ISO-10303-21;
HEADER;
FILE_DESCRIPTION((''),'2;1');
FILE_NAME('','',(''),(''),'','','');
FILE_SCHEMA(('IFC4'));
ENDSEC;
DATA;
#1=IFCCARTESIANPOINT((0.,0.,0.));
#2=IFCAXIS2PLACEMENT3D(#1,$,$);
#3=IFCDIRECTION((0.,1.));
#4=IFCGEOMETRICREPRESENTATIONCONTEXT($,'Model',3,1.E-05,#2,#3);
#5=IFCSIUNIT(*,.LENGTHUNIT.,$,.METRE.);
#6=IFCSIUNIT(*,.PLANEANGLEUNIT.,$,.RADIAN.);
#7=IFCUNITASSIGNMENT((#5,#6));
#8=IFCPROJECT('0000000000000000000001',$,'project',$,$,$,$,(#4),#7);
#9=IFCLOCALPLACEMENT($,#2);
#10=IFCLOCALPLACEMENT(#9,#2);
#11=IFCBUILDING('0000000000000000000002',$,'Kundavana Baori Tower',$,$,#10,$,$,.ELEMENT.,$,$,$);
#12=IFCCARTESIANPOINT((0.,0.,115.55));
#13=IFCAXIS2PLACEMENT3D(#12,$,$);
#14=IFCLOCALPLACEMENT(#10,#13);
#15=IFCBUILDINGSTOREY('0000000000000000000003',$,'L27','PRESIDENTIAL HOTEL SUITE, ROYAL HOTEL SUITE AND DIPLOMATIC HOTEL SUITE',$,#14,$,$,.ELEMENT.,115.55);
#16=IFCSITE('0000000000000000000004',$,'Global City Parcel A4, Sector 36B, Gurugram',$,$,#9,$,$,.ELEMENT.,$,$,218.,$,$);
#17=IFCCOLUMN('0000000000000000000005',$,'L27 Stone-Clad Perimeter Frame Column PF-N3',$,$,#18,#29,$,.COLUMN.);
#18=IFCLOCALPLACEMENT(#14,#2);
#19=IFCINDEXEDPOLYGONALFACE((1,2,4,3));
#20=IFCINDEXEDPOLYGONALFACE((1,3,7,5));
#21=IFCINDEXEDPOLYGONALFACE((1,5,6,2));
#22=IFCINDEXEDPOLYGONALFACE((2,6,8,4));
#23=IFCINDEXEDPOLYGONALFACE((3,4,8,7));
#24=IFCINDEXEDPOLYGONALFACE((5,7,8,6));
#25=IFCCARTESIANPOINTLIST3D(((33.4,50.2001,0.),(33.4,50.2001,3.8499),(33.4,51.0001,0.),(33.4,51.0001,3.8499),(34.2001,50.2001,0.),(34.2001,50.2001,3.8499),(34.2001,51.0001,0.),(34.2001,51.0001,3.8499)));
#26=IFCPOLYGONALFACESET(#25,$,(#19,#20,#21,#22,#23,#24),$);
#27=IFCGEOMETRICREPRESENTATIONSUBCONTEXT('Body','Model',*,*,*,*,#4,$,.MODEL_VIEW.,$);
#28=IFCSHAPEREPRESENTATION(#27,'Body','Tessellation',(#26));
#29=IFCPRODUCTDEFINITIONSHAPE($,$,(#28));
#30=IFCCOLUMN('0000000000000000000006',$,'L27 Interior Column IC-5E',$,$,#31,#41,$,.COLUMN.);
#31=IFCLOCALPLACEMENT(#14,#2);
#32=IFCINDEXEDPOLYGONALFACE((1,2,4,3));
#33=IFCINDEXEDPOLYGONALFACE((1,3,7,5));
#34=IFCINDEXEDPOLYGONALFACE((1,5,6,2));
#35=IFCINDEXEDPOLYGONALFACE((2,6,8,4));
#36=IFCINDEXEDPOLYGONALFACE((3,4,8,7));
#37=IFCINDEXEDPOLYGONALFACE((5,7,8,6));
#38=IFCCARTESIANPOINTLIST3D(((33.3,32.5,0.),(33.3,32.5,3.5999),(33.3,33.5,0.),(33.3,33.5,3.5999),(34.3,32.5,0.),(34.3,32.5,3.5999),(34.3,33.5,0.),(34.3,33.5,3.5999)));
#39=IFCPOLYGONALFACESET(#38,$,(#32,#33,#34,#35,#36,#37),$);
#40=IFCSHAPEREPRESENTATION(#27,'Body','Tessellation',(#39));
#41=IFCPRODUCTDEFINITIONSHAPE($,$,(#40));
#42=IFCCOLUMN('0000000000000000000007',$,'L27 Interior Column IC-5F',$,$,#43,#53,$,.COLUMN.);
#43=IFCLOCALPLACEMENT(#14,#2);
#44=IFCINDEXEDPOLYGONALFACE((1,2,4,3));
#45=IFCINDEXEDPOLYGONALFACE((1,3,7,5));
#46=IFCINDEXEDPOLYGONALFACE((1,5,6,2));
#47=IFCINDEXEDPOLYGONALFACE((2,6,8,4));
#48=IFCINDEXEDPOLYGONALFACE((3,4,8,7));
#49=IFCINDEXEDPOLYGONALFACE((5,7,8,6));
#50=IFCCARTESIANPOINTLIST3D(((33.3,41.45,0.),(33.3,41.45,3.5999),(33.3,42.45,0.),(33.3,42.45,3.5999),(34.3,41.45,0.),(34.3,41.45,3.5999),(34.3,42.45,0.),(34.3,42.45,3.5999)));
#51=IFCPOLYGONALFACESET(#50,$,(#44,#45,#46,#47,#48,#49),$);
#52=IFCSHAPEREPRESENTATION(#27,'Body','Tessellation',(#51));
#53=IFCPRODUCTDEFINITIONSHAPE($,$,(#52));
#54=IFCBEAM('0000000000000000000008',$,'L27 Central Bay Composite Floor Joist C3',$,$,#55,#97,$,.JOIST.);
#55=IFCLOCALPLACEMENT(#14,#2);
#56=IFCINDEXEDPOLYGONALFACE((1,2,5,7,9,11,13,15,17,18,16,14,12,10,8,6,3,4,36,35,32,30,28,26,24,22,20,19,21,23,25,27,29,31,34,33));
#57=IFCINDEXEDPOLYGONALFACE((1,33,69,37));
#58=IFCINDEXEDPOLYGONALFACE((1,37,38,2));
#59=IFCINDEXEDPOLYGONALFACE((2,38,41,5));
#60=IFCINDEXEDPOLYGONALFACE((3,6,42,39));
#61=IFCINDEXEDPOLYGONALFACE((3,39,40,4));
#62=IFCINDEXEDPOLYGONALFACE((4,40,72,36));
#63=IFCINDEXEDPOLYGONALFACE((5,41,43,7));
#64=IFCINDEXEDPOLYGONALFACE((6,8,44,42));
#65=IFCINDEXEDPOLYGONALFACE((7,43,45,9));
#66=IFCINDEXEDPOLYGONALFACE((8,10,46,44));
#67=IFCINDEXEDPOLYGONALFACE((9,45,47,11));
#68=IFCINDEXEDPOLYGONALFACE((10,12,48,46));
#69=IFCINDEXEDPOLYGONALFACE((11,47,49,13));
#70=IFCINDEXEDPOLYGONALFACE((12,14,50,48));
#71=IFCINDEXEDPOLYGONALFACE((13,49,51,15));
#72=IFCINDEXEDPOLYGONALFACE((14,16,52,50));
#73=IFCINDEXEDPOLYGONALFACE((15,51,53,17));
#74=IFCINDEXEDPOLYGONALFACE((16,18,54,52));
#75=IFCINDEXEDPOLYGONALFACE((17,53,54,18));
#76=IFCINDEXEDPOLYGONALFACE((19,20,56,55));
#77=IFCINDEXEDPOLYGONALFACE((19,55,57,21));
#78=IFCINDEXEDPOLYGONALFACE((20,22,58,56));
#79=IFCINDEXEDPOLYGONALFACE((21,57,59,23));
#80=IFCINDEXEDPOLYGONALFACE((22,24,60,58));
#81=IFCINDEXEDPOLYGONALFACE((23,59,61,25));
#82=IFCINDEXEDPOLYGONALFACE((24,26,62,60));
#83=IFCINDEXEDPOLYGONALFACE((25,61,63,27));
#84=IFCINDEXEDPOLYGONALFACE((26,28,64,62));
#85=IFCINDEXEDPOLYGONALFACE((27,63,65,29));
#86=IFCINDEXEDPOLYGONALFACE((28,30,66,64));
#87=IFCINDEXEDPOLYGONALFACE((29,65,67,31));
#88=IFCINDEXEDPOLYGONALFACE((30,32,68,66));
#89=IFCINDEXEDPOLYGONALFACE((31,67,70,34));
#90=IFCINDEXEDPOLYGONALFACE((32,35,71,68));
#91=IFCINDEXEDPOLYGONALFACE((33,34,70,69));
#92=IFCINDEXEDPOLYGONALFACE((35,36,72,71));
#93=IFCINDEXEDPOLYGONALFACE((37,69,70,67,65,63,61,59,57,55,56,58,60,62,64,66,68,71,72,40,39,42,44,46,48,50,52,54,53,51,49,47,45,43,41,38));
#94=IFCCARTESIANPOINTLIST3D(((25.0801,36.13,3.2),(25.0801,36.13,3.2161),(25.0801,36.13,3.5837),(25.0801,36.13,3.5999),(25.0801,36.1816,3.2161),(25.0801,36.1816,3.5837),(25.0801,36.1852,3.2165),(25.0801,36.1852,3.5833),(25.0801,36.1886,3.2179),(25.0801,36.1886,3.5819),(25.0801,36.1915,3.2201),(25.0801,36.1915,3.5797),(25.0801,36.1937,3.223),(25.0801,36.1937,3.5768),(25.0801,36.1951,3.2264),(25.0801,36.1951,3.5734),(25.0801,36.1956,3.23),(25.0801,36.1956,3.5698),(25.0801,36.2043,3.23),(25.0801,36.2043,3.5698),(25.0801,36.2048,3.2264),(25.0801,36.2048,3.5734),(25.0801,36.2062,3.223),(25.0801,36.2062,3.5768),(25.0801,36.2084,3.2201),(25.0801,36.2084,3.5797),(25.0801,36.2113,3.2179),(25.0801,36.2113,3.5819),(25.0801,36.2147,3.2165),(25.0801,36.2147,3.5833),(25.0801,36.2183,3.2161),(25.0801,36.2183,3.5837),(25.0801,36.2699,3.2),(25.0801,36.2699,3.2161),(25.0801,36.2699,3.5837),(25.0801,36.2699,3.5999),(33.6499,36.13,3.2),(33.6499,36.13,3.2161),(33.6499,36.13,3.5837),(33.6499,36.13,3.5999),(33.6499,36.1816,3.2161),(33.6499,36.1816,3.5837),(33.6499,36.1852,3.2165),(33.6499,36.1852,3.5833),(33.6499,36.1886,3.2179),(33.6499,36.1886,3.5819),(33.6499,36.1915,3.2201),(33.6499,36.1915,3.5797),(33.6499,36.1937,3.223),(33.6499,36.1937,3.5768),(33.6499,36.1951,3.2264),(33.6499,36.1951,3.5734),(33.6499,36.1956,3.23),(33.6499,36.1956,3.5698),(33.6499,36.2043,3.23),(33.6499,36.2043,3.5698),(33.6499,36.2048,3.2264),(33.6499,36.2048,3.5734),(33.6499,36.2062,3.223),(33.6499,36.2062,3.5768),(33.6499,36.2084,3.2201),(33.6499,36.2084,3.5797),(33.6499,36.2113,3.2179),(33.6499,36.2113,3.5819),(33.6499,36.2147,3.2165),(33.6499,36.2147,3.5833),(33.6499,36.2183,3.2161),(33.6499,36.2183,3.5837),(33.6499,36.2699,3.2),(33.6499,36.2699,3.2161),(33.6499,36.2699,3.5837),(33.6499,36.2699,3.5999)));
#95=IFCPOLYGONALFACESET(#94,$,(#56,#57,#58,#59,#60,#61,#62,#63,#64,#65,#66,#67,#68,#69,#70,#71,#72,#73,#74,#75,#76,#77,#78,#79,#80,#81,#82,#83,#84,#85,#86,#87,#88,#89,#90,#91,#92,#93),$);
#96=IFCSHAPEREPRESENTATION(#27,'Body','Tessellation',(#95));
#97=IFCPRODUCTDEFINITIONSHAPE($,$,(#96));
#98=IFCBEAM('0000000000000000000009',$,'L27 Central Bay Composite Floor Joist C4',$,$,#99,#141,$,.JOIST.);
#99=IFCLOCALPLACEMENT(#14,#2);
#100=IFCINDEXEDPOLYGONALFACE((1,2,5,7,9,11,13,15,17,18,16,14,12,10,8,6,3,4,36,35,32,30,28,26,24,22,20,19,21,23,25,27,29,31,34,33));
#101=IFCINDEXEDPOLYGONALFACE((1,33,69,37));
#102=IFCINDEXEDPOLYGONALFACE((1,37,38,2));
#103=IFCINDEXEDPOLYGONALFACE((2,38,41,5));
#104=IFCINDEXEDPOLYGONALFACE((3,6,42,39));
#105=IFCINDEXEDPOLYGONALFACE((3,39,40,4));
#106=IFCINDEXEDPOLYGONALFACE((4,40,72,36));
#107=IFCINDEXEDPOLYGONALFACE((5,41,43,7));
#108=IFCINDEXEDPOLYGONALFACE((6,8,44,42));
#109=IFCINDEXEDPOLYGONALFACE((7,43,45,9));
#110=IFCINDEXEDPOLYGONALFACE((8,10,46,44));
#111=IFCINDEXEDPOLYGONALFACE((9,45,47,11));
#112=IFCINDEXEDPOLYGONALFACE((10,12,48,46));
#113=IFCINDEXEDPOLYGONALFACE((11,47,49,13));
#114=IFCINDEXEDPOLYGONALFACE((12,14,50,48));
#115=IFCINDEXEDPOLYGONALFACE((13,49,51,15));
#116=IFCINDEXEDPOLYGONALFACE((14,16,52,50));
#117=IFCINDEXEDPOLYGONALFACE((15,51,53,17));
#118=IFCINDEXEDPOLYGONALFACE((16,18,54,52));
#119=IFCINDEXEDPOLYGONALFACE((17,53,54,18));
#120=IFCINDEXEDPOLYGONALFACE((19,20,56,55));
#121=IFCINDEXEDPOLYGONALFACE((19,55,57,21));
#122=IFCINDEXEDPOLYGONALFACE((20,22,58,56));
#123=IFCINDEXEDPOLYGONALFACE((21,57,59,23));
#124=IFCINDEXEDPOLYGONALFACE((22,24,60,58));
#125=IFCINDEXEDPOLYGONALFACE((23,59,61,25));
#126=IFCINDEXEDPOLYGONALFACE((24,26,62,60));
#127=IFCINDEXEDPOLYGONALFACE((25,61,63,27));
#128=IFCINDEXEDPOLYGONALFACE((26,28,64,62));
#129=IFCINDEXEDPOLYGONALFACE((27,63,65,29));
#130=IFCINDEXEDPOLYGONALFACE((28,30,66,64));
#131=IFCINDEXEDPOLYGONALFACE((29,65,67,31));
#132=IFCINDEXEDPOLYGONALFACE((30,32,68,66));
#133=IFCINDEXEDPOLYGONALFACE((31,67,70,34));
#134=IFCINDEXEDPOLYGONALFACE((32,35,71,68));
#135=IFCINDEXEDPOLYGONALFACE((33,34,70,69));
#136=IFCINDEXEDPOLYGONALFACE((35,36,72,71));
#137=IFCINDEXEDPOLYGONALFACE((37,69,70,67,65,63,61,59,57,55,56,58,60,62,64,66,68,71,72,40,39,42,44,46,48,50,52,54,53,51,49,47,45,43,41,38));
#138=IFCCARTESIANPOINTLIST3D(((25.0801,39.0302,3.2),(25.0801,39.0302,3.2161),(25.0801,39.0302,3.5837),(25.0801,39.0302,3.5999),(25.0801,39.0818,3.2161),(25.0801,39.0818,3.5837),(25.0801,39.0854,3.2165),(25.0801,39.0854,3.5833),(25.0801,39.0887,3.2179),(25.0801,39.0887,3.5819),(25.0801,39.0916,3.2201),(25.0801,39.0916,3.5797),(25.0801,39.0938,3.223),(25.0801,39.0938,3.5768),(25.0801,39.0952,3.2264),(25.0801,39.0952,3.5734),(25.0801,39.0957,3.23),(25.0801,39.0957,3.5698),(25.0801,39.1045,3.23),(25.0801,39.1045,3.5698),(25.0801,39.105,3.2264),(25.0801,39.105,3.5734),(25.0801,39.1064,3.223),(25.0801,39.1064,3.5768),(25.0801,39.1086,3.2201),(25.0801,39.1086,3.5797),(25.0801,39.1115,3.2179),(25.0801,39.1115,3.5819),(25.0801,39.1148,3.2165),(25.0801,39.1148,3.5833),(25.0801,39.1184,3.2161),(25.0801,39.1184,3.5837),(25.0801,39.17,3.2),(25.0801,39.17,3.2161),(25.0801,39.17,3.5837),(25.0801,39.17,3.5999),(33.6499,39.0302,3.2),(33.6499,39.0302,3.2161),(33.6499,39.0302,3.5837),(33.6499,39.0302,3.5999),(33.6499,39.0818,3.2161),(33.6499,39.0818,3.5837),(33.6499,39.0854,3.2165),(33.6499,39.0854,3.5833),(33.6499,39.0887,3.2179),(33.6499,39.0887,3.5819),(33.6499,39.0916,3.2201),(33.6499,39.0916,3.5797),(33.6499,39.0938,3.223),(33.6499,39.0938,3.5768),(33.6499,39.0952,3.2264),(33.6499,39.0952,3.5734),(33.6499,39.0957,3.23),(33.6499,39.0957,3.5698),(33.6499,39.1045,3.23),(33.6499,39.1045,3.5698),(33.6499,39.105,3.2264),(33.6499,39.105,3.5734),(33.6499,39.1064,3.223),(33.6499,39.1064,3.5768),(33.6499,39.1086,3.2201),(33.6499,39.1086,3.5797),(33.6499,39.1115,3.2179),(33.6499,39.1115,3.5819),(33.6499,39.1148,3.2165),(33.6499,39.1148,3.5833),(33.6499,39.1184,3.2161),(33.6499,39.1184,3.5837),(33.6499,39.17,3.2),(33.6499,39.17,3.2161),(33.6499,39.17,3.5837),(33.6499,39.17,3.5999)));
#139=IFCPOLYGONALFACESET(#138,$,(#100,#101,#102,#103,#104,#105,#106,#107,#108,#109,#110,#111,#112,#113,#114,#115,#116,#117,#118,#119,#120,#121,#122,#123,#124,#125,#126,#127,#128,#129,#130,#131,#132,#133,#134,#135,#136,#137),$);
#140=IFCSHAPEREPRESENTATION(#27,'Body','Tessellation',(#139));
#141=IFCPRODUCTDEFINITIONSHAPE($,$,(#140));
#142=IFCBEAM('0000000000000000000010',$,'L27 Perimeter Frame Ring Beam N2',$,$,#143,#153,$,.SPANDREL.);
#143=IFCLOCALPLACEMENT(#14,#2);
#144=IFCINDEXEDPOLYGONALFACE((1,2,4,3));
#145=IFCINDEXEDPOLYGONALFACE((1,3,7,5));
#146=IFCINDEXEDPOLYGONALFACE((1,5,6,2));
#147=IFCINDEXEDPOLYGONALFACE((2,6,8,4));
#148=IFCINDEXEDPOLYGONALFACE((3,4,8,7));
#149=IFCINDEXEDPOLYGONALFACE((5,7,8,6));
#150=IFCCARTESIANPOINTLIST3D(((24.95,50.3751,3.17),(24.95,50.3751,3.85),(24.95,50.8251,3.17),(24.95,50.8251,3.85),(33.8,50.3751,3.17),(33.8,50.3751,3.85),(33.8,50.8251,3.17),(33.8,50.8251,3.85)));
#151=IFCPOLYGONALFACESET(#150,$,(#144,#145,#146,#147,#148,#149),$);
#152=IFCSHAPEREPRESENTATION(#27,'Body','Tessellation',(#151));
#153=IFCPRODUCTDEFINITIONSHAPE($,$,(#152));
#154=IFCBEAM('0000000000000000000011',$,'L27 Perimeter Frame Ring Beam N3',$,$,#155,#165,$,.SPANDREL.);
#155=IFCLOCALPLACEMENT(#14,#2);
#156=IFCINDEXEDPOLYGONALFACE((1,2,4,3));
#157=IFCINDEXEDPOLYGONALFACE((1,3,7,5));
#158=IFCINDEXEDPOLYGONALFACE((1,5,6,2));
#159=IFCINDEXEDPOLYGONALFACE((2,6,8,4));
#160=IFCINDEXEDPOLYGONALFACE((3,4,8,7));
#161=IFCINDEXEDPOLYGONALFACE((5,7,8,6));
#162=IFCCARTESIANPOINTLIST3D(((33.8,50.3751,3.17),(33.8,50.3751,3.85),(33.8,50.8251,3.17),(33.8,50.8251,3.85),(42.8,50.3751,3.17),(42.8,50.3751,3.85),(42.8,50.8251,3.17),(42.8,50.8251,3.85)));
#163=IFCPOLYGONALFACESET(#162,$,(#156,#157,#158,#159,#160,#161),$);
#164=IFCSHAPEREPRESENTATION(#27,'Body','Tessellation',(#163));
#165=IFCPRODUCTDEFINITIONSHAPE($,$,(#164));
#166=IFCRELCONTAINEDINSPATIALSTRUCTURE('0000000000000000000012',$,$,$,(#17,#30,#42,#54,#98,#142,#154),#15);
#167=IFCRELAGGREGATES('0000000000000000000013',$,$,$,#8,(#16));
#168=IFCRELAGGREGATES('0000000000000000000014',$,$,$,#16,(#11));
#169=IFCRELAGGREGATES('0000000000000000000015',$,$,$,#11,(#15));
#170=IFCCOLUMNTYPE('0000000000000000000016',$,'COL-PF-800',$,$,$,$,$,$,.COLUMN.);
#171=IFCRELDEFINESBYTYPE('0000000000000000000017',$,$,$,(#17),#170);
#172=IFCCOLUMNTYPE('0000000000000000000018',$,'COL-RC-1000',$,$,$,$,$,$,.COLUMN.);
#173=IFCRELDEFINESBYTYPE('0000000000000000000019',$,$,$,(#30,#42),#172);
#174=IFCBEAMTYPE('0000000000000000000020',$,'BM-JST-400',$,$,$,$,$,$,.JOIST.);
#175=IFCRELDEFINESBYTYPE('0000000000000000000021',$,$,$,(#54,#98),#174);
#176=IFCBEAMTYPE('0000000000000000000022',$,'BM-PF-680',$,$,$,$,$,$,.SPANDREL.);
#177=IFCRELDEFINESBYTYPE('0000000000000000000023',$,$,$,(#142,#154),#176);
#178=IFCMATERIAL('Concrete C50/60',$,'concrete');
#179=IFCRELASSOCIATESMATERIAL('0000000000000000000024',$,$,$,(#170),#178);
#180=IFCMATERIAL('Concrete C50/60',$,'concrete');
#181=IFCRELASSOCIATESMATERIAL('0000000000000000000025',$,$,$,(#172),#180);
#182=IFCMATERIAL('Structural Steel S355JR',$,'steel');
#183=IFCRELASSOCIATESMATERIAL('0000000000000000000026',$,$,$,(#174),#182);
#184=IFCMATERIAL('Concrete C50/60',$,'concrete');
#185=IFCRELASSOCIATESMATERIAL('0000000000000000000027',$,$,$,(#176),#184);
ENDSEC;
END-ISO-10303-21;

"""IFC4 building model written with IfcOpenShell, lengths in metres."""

from ifc_helpers import new_model, si_unit, direction, frame, origin, origin_2d, place, context, subcontext, project, spatial, rectangle, i_section, extrude, material, material_profile, profile_set, type_object, element, save


model = new_model("IFC4")

# Units and contexts
model_context = context("Model", 3, precision=1e-05, world=origin(), true_north=direction((0.0, 1.0)))
body_context = subcontext(model_context, "Body", "Model", "MODEL_VIEW")
ifc_project = project(units=[si_unit("LENGTHUNIT", "METRE"), si_unit("PLANEANGLEUNIT", "RADIAN")], contexts=[model_context])

# Site, building, storey
site_placement = place(None, origin())
site = spatial("IfcSite", under=ifc_project, at=site_placement, Name="Global City Parcel A4, Sector 36B, Gurugram", CompositionType="ELEMENT", RefElevation=218.0)
building_placement = place(site_placement, origin())
building = spatial("IfcBuilding", under=site, at=building_placement, Name="Kundavana Baori Tower", CompositionType="ELEMENT")
storey_placement = place(building_placement, frame((0.0, 0.0, 115.55)))
storey = spatial("IfcBuildingStorey", under=building, at=storey_placement, Name="L27", Description="PRESIDENTIAL HOTEL SUITE, ROYAL HOTEL SUITE AND DIPLOMATIC HOTEL SUITE", CompositionType="ELEMENT", Elevation=115.55)

# Columns
ifc_material_1 = material(Name="Concrete C50/60", Category="concrete")
ifc_material_profile_1 = material_profile(ifc_material_1, rectangle(XDim=0.8, YDim=0.8, at=origin_2d()), Name="RC PF 800x800")
ifc_profile_set_1 = profile_set([ifc_material_profile_1], Name="Concrete C50/60")
column_type_1 = type_object("IfcColumnType", Name="COL-PF-800", PredefinedType="COLUMN", material=ifc_profile_set_1)
column_placement = place(storey_placement, frame((33.8, 50.6001, 0.0), z_axis=(0.0, 0.0, 1.0), x_axis=(1.0, 0.0, 0.0)))
element("IfcColumn", 1, at=column_placement, inside=storey, type_object=column_type_1, Name="L27 Stone-Clad Perimeter Frame Column PF-N3", PredefinedType="COLUMN", context=body_context, shape_type="SweptSolid", body=[
    extrude(rectangle(XDim=0.8, YDim=0.8, at=origin_2d()), origin(), (0.0, 0.0, 1.0), 3.8499),
])
ifc_material_2 = material(Name="Concrete C50/60", Category="concrete")
ifc_material_profile_2 = material_profile(ifc_material_2, rectangle(XDim=1.0, YDim=1.0, at=origin_2d()), Name="RC 1000x1000")
ifc_profile_set_2 = profile_set([ifc_material_profile_2], Name="Concrete C50/60")
column_type_2 = type_object("IfcColumnType", Name="COL-RC-1000", PredefinedType="COLUMN", material=ifc_profile_set_2)
for number, where, z_axis, x_axis, name in (
    (2, (33.8, 33.0, 0.0), (0.0, 0.0, 1.0), (1.0, 0.0, 0.0), "L27 Interior Column IC-5E"),
    (3, (33.8, 41.95, 0.0), (0.0, 0.0, 1.0), (1.0, 0.0, 0.0), "L27 Interior Column IC-5F"),
):
    element("IfcColumn", number, at=place(storey_placement, frame(where, z_axis=z_axis, x_axis=x_axis)), inside=storey, type_object=column_type_2, Name=name, PredefinedType="COLUMN", context=body_context, shape_type="SweptSolid", body=[
        extrude(rectangle(XDim=1.0, YDim=1.0, at=origin_2d()), origin(), (0.0, 0.0, 1.0), 3.5999),
    ])

# Beams
ifc_material_3 = material(Name="Structural Steel S355JR", Category="steel")
ifc_material_profile_3 = material_profile(ifc_material_3, i_section(OverallWidth=0.1399, OverallDepth=0.3999, WebThickness=0.0088, FlangeThickness=0.0161, FilletRadius=0.0139, at=origin_2d()), Name="ISMB 400")
ifc_profile_set_3 = profile_set([ifc_material_profile_3], Name="Structural Steel S355JR")
beam_type_1 = type_object("IfcBeamType", Name="BM-JST-400", PredefinedType="JOIST", material=ifc_profile_set_3)
for number, where, z_axis, x_axis, name in (
    (4, (25.0801, 36.2, 3.3999), (1.0, 0.0, 0.0), (0.0, 1.0, 0.0), "L27 Central Bay Composite Floor Joist C3"),
    (5, (25.0801, 39.1001, 3.3999), (1.0, 0.0, 0.0), (0.0, 1.0, 0.0), "L27 Central Bay Composite Floor Joist C4"),
):
    element("IfcBeam", number, at=place(storey_placement, frame(where, z_axis=z_axis, x_axis=x_axis)), inside=storey, type_object=beam_type_1, Name=name, PredefinedType="JOIST", context=body_context, shape_type="SweptSolid", body=[
        extrude(i_section(OverallWidth=0.1399, OverallDepth=0.3999, WebThickness=0.0088, FlangeThickness=0.0161, FilletRadius=0.0139, at=origin_2d()), origin(), (0.0, 0.0, 1.0), 8.5698),
    ])
ifc_material_4 = material(Name="Concrete C50/60", Category="concrete")
ifc_material_profile_4 = material_profile(ifc_material_4, rectangle(XDim=0.45, YDim=0.6799, at=origin_2d()), Name="RC BM 450x680")
ifc_profile_set_4 = profile_set([ifc_material_profile_4], Name="Concrete C50/60")
beam_type_2 = type_object("IfcBeamType", Name="BM-PF-680", PredefinedType="SPANDREL", material=ifc_profile_set_4)
beam_1_placement = place(storey_placement, frame((24.95, 50.6001, 3.51), z_axis=(1.0, 0.0, 0.0), x_axis=(0.0, 1.0, 0.0)))
element("IfcBeam", 6, at=beam_1_placement, inside=storey, type_object=beam_type_2, Name="L27 Perimeter Frame Ring Beam N2", PredefinedType="SPANDREL", context=body_context, shape_type="SweptSolid", body=[
    extrude(rectangle(XDim=0.45, YDim=0.6799, at=origin_2d()), origin(), (0.0, 0.0, 1.0), 8.8501),
])
beam_2_placement = place(storey_placement, frame((33.8, 50.6001, 3.51), z_axis=(1.0, 0.0, 0.0), x_axis=(0.0, 1.0, 0.0)))
element("IfcBeam", 7, at=beam_2_placement, inside=storey, type_object=beam_type_2, Name="L27 Perimeter Frame Ring Beam N3", PredefinedType="SPANDREL", context=body_context, shape_type="SweptSolid", body=[
    extrude(rectangle(XDim=0.45, YDim=0.6799, at=origin_2d()), origin(), (0.0, 0.0, 1.0), 9.0),
])

save(model, "model.ifc")
